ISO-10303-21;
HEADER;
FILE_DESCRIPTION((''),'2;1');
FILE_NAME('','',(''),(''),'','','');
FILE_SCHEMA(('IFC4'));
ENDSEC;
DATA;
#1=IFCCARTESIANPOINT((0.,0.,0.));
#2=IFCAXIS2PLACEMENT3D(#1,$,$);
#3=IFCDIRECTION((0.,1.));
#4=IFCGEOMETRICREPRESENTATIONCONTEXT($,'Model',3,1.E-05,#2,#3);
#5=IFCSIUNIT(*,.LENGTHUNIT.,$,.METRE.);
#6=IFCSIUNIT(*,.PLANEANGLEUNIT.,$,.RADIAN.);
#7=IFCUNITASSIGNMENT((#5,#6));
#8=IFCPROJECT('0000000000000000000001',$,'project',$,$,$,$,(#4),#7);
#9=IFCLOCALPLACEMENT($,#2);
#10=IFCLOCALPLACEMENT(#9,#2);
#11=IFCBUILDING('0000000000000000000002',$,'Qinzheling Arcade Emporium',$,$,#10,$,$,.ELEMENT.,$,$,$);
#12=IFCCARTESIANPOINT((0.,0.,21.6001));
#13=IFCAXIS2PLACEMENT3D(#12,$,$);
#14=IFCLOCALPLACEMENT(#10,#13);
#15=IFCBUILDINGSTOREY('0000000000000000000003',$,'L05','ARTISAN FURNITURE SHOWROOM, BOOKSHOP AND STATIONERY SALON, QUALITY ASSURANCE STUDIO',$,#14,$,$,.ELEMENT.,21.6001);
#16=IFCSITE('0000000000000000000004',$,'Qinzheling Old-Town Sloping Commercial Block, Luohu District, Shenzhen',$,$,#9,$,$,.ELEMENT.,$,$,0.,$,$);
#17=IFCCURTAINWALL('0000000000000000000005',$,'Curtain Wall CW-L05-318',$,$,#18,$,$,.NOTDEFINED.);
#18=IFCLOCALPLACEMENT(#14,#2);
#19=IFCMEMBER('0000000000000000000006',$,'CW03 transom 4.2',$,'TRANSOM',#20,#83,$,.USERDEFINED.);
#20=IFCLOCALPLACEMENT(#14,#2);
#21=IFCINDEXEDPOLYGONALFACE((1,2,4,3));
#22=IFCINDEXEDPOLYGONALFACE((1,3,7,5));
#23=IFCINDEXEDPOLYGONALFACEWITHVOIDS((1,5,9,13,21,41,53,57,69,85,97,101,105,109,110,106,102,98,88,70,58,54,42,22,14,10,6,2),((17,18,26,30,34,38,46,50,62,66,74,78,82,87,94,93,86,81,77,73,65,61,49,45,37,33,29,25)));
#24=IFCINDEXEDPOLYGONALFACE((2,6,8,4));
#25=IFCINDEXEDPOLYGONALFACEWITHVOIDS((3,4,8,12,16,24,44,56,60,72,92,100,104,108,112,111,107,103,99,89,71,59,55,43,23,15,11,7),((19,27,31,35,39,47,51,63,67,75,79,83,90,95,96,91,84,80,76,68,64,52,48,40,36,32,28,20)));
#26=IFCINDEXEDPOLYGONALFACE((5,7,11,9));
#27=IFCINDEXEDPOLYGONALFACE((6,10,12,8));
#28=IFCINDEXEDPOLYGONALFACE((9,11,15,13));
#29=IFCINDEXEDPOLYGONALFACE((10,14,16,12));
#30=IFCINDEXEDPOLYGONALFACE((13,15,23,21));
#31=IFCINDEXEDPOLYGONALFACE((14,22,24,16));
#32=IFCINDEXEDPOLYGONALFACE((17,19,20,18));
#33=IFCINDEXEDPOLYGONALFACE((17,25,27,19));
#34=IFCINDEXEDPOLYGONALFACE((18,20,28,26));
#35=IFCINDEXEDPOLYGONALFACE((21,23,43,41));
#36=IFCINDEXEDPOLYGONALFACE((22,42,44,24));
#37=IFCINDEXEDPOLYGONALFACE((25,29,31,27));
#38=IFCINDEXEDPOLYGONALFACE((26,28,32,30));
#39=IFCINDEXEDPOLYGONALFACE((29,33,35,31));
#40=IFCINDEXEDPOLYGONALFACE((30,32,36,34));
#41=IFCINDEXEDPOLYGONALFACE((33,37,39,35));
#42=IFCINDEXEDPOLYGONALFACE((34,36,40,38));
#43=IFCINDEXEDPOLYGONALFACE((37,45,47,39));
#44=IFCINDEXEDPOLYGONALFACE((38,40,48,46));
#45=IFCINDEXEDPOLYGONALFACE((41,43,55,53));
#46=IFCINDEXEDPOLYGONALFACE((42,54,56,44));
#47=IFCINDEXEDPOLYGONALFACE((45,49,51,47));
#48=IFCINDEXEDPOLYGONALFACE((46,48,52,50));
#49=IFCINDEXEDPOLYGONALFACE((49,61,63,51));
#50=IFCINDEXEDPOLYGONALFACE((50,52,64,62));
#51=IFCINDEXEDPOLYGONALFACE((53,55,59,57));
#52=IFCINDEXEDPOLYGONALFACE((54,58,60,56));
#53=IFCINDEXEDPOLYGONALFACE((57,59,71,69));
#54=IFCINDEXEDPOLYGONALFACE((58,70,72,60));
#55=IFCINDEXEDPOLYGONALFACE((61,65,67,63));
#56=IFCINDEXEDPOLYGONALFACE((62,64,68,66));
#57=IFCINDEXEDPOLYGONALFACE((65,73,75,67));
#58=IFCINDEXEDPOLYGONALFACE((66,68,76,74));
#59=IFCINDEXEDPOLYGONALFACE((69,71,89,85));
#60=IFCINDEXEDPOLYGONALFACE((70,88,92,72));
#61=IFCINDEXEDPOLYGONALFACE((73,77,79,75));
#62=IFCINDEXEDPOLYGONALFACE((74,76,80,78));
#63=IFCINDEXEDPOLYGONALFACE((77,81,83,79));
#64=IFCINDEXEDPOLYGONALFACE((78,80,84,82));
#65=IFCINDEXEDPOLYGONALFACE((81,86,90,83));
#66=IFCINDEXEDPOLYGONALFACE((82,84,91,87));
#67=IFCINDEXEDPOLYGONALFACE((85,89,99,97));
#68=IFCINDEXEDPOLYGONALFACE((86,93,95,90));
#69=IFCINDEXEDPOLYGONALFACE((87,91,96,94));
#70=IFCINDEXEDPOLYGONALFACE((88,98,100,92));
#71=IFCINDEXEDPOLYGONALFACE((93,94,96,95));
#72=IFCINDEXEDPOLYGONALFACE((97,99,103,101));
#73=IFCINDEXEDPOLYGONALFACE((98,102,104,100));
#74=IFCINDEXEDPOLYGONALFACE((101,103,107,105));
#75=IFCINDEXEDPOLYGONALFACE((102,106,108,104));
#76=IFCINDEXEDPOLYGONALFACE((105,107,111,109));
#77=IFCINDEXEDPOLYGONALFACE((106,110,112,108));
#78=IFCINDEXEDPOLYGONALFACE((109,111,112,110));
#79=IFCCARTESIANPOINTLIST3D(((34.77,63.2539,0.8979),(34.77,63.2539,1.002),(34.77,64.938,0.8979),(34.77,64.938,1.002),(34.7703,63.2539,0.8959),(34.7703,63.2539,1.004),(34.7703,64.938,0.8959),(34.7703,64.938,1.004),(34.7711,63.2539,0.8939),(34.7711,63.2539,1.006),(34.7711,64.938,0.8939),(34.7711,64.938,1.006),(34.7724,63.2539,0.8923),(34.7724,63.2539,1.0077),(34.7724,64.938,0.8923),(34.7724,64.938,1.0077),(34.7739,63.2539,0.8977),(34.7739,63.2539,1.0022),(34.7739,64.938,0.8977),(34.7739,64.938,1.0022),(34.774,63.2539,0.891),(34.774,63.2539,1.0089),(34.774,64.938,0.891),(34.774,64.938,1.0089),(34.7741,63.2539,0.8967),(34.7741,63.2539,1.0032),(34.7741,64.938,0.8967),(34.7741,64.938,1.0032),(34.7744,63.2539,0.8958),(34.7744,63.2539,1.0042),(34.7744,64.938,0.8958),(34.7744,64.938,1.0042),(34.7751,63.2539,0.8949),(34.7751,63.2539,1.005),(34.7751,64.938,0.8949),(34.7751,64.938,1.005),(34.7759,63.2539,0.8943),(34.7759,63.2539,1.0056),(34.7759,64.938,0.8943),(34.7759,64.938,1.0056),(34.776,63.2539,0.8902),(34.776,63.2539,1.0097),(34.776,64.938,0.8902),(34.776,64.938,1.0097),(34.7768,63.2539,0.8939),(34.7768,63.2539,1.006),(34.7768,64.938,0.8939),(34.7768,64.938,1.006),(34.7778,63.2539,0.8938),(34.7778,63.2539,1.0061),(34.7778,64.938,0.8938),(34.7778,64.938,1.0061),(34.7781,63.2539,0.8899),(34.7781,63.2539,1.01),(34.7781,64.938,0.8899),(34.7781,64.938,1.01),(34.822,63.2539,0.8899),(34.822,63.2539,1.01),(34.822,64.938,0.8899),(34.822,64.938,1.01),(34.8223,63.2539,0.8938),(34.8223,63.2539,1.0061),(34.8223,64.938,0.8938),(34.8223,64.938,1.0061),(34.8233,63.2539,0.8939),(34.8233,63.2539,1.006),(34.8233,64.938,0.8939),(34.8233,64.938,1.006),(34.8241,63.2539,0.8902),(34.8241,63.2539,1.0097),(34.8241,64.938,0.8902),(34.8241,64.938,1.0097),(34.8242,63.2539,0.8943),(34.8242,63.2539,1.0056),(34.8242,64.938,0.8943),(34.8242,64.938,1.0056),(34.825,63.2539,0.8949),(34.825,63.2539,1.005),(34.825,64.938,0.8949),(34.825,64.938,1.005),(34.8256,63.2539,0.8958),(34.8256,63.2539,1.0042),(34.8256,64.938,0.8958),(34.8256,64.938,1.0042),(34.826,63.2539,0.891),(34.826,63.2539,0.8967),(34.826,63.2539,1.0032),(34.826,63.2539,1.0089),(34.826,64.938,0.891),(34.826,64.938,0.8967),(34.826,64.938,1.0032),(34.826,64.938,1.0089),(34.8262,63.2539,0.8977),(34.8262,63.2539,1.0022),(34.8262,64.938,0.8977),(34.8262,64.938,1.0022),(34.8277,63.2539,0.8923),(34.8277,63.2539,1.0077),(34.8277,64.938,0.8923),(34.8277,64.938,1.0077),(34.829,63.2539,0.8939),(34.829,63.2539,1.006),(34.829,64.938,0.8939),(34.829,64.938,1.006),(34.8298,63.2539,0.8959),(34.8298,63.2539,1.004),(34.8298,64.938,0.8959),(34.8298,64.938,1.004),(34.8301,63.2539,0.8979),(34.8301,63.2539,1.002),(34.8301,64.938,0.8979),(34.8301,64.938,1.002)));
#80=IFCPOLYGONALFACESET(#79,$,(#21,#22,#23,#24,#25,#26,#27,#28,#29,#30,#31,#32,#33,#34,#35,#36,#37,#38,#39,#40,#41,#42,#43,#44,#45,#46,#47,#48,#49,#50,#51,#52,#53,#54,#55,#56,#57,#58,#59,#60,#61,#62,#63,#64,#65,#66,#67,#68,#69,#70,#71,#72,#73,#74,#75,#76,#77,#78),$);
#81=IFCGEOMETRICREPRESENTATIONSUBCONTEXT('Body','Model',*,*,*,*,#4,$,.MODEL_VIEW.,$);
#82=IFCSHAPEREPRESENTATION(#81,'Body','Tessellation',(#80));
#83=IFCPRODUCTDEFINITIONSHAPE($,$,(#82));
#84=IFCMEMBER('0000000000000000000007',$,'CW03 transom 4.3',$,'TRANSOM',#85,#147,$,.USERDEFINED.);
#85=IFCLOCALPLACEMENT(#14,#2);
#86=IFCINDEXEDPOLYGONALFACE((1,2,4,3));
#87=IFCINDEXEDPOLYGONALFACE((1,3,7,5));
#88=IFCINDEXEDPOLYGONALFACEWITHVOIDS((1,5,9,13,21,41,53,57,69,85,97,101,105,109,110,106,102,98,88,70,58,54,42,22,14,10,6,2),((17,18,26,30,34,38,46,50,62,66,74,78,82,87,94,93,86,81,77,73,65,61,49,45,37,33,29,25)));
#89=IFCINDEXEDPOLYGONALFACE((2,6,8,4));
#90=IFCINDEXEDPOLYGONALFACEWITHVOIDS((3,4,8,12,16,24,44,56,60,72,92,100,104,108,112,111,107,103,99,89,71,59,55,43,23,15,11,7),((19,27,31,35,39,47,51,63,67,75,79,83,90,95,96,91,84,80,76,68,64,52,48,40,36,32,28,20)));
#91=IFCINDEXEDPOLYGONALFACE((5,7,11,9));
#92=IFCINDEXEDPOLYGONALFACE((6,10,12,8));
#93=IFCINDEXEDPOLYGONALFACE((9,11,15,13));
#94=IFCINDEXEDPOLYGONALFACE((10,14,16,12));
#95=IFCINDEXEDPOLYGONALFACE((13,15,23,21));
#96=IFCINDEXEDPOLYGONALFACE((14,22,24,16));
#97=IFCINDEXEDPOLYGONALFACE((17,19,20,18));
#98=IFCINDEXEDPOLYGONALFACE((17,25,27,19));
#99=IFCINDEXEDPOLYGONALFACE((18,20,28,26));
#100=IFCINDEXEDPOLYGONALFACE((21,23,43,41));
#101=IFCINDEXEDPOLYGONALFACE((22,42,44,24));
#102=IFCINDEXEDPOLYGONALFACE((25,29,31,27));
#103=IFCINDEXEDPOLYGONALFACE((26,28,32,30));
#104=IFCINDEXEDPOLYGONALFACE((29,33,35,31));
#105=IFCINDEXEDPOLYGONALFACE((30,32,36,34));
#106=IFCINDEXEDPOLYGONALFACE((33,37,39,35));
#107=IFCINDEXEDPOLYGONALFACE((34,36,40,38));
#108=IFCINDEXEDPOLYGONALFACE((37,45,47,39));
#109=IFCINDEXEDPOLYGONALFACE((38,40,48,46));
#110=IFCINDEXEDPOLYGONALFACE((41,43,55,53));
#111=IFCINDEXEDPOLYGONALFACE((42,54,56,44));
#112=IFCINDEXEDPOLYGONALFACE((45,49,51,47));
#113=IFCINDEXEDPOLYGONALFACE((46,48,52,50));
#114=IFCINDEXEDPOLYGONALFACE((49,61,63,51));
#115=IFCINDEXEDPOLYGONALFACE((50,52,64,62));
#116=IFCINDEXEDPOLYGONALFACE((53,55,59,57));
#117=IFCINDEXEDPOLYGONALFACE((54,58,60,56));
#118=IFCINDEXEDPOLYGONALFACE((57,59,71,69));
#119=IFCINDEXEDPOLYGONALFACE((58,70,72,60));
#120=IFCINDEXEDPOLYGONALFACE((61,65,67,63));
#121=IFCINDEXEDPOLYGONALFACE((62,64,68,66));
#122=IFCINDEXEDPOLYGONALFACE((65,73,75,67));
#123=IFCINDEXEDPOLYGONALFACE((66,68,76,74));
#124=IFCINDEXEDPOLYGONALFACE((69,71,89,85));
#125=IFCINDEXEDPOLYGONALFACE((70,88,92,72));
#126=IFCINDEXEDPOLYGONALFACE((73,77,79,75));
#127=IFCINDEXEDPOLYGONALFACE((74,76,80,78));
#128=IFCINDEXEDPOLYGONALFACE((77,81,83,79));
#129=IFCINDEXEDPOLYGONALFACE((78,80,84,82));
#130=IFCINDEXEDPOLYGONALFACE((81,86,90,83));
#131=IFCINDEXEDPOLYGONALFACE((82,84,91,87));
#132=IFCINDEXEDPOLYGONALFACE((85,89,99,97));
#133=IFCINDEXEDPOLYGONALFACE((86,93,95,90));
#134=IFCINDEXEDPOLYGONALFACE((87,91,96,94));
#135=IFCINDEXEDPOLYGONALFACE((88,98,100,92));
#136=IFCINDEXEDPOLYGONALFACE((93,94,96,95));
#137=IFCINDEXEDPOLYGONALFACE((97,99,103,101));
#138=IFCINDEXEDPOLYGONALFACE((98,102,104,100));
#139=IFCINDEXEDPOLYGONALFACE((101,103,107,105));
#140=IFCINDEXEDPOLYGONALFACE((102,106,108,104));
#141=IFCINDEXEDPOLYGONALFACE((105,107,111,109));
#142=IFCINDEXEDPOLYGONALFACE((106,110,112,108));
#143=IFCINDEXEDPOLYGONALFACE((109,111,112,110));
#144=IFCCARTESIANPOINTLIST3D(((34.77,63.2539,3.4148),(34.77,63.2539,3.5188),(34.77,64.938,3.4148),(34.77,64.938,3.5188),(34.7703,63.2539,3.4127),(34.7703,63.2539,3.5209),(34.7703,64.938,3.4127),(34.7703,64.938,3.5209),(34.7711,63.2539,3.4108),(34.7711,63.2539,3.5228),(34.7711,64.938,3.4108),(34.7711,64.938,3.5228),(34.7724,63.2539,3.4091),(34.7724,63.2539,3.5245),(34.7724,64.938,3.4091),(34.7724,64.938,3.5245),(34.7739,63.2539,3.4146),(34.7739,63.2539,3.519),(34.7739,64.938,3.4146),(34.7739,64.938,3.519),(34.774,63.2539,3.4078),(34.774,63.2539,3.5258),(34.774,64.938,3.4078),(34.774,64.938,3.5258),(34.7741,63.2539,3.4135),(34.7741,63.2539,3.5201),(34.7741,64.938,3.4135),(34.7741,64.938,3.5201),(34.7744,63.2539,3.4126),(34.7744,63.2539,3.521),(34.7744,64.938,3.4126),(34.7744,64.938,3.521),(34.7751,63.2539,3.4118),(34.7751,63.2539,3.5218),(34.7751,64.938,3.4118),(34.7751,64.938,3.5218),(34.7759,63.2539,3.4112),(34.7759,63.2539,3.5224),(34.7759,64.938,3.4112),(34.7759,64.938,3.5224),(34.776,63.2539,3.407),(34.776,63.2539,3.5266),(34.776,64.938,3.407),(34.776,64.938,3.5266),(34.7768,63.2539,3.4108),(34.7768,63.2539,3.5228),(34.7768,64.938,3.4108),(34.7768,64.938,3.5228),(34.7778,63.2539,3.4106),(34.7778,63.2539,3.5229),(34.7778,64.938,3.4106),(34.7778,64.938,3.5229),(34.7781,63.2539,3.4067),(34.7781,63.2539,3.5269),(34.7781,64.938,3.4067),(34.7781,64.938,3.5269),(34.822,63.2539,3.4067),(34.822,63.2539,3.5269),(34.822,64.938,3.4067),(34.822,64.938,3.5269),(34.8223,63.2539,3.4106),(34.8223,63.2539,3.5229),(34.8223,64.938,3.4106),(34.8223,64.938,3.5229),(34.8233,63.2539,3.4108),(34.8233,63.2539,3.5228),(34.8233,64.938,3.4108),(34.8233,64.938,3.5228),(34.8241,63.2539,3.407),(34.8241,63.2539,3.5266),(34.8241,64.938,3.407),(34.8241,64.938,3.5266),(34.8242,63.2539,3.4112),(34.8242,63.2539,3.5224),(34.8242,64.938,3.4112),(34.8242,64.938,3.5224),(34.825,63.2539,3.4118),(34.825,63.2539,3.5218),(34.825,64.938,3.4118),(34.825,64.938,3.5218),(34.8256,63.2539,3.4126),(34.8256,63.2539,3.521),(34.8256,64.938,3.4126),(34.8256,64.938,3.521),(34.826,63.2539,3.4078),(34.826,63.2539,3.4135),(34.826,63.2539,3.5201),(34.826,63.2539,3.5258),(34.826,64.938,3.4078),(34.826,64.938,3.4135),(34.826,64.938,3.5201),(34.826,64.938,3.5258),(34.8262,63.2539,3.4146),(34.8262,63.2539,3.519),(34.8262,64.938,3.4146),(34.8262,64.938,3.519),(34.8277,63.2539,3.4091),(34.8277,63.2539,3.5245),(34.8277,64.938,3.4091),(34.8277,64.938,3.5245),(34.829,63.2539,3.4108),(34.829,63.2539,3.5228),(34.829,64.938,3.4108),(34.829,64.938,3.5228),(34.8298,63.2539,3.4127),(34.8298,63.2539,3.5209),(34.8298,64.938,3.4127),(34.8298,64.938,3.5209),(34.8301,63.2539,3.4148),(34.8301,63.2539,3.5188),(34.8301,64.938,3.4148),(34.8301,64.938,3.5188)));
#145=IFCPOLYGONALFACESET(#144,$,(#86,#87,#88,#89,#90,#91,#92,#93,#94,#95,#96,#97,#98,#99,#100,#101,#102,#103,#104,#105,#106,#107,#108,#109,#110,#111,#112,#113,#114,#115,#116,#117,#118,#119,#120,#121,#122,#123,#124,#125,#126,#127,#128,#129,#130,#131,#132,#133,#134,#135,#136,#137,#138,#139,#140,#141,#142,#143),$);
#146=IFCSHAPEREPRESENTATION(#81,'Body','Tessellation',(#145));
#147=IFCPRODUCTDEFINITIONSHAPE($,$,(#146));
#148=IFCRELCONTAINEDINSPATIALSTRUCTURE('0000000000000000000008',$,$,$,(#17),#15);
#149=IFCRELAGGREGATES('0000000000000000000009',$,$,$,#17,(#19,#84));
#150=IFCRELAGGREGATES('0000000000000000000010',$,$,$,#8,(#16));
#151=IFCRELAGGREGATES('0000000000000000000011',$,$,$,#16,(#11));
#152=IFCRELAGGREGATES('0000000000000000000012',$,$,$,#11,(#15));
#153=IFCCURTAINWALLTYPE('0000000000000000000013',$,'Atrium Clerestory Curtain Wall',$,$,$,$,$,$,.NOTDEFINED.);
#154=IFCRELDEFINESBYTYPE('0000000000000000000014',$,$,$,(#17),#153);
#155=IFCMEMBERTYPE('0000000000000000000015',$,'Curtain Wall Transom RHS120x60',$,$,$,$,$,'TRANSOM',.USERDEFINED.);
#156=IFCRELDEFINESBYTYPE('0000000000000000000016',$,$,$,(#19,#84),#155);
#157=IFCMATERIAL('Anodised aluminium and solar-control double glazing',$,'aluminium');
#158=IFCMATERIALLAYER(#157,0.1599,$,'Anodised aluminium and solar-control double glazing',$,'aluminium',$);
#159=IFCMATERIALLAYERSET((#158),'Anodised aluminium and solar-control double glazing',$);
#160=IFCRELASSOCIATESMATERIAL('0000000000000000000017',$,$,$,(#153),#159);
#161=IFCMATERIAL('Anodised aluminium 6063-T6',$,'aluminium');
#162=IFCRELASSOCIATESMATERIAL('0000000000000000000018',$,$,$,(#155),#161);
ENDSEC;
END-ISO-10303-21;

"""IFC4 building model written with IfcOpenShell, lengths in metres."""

from ifc_helpers import new_model, si_unit, direction, frame, origin, origin_2d, place, context, subcontext, project, spatial, hollow_rectangle, extrude, material, layer, layer_set, material_profile, profile_set, type_object, element, aggregate, save


model = new_model("IFC4")

# Units and contexts
model_context = context("Model", 3, precision=1e-05, world=origin(), true_north=direction((0.0, 1.0)))
body_context = subcontext(model_context, "Body", "Model", "MODEL_VIEW")
ifc_project = project(units=[si_unit("LENGTHUNIT", "METRE"), si_unit("PLANEANGLEUNIT", "RADIAN")], contexts=[model_context])

# Site, building, storey
site_placement = place(None, origin())
site = spatial("IfcSite", under=ifc_project, at=site_placement, Name="Qinzheling Old-Town Sloping Commercial Block, Luohu District, Shenzhen", CompositionType="ELEMENT", RefElevation=0.0)
building_placement = place(site_placement, origin())
building = spatial("IfcBuilding", under=site, at=building_placement, Name="Qinzheling Arcade Emporium", CompositionType="ELEMENT")
storey_placement = place(building_placement, frame((0.0, 0.0, 21.6001)))
storey = spatial("IfcBuildingStorey", under=building, at=storey_placement, Name="L05", Description="ARTISAN FURNITURE SHOWROOM, BOOKSHOP AND STATIONERY SALON, QUALITY ASSURANCE STUDIO", CompositionType="ELEMENT", Elevation=21.6001)

# Curtain wall, members
ifc_material_1 = material(Name="Anodised aluminium and solar-control double glazing", Category="aluminium")
ifc_layer_1 = layer(ifc_material_1, 0.1599, Name="Anodised aluminium and solar-control double glazing", Category="aluminium")
ifc_layer_set_1 = layer_set([ifc_layer_1], Name="Anodised aluminium and solar-control double glazing")
curtain_wall_type = type_object("IfcCurtainWallType", Name="Atrium Clerestory Curtain Wall", PredefinedType="NOTDEFINED", material=ifc_layer_set_1)
curtain_wall_placement = place(storey_placement, origin())
curtain_wall = element("IfcCurtainWall", 1, at=curtain_wall_placement, inside=storey, type_object=curtain_wall_type, Name="Curtain Wall CW-L05-318", PredefinedType="NOTDEFINED")
ifc_material_2 = material(Name="Anodised aluminium 6063-T6", Category="aluminium")
ifc_material_profile_1 = material_profile(ifc_material_2, hollow_rectangle(XDim=0.0601, YDim=0.1201, WallThickness=0.0039, InnerFilletRadius=0.0039, OuterFilletRadius=0.0081, at=origin_2d()), Name="RHS 120x60x4", Category="aluminium")
ifc_profile_set_1 = profile_set([ifc_material_profile_1], Name="Anodised aluminium 6063-T6")
member_type = type_object("IfcMemberType", Name="Curtain Wall Transom RHS120x60", ElementType="TRANSOM", PredefinedType="USERDEFINED", material=ifc_profile_set_1)
member_1_placement = place(storey_placement, frame((34.8, 63.2539, 0.95), z_axis=(0.0, 1.0, 0.0), x_axis=(-1.0, 0.0, 0.0)))
member_1 = element("IfcMember", 2, at=member_1_placement, type_object=member_type, Name="CW03 transom 4.2", ObjectType="TRANSOM", PredefinedType="USERDEFINED", context=body_context, shape_type="SweptSolid", body=[
    extrude(hollow_rectangle(XDim=0.0601, YDim=0.1201, WallThickness=0.0039, InnerFilletRadius=0.0039, OuterFilletRadius=0.0081, at=origin_2d()), origin(), (0.0, 0.0, 1.0), 1.6841),
])
member_2_placement = place(storey_placement, frame((34.8, 63.2539, 3.4668), z_axis=(0.0, 1.0, 0.0), x_axis=(-1.0, 0.0, 0.0)))
member_2 = element("IfcMember", 3, at=member_2_placement, type_object=member_type, Name="CW03 transom 4.3", ObjectType="TRANSOM", PredefinedType="USERDEFINED", context=body_context, shape_type="SweptSolid", body=[
    extrude(hollow_rectangle(XDim=0.0601, YDim=0.1201, WallThickness=0.0039, InnerFilletRadius=0.0039, OuterFilletRadius=0.0081, at=origin_2d()), origin(), (0.0, 0.0, 1.0), 1.6841),
])

aggregate(curtain_wall, [member_1, member_2])

save(model, "model.ifc")
